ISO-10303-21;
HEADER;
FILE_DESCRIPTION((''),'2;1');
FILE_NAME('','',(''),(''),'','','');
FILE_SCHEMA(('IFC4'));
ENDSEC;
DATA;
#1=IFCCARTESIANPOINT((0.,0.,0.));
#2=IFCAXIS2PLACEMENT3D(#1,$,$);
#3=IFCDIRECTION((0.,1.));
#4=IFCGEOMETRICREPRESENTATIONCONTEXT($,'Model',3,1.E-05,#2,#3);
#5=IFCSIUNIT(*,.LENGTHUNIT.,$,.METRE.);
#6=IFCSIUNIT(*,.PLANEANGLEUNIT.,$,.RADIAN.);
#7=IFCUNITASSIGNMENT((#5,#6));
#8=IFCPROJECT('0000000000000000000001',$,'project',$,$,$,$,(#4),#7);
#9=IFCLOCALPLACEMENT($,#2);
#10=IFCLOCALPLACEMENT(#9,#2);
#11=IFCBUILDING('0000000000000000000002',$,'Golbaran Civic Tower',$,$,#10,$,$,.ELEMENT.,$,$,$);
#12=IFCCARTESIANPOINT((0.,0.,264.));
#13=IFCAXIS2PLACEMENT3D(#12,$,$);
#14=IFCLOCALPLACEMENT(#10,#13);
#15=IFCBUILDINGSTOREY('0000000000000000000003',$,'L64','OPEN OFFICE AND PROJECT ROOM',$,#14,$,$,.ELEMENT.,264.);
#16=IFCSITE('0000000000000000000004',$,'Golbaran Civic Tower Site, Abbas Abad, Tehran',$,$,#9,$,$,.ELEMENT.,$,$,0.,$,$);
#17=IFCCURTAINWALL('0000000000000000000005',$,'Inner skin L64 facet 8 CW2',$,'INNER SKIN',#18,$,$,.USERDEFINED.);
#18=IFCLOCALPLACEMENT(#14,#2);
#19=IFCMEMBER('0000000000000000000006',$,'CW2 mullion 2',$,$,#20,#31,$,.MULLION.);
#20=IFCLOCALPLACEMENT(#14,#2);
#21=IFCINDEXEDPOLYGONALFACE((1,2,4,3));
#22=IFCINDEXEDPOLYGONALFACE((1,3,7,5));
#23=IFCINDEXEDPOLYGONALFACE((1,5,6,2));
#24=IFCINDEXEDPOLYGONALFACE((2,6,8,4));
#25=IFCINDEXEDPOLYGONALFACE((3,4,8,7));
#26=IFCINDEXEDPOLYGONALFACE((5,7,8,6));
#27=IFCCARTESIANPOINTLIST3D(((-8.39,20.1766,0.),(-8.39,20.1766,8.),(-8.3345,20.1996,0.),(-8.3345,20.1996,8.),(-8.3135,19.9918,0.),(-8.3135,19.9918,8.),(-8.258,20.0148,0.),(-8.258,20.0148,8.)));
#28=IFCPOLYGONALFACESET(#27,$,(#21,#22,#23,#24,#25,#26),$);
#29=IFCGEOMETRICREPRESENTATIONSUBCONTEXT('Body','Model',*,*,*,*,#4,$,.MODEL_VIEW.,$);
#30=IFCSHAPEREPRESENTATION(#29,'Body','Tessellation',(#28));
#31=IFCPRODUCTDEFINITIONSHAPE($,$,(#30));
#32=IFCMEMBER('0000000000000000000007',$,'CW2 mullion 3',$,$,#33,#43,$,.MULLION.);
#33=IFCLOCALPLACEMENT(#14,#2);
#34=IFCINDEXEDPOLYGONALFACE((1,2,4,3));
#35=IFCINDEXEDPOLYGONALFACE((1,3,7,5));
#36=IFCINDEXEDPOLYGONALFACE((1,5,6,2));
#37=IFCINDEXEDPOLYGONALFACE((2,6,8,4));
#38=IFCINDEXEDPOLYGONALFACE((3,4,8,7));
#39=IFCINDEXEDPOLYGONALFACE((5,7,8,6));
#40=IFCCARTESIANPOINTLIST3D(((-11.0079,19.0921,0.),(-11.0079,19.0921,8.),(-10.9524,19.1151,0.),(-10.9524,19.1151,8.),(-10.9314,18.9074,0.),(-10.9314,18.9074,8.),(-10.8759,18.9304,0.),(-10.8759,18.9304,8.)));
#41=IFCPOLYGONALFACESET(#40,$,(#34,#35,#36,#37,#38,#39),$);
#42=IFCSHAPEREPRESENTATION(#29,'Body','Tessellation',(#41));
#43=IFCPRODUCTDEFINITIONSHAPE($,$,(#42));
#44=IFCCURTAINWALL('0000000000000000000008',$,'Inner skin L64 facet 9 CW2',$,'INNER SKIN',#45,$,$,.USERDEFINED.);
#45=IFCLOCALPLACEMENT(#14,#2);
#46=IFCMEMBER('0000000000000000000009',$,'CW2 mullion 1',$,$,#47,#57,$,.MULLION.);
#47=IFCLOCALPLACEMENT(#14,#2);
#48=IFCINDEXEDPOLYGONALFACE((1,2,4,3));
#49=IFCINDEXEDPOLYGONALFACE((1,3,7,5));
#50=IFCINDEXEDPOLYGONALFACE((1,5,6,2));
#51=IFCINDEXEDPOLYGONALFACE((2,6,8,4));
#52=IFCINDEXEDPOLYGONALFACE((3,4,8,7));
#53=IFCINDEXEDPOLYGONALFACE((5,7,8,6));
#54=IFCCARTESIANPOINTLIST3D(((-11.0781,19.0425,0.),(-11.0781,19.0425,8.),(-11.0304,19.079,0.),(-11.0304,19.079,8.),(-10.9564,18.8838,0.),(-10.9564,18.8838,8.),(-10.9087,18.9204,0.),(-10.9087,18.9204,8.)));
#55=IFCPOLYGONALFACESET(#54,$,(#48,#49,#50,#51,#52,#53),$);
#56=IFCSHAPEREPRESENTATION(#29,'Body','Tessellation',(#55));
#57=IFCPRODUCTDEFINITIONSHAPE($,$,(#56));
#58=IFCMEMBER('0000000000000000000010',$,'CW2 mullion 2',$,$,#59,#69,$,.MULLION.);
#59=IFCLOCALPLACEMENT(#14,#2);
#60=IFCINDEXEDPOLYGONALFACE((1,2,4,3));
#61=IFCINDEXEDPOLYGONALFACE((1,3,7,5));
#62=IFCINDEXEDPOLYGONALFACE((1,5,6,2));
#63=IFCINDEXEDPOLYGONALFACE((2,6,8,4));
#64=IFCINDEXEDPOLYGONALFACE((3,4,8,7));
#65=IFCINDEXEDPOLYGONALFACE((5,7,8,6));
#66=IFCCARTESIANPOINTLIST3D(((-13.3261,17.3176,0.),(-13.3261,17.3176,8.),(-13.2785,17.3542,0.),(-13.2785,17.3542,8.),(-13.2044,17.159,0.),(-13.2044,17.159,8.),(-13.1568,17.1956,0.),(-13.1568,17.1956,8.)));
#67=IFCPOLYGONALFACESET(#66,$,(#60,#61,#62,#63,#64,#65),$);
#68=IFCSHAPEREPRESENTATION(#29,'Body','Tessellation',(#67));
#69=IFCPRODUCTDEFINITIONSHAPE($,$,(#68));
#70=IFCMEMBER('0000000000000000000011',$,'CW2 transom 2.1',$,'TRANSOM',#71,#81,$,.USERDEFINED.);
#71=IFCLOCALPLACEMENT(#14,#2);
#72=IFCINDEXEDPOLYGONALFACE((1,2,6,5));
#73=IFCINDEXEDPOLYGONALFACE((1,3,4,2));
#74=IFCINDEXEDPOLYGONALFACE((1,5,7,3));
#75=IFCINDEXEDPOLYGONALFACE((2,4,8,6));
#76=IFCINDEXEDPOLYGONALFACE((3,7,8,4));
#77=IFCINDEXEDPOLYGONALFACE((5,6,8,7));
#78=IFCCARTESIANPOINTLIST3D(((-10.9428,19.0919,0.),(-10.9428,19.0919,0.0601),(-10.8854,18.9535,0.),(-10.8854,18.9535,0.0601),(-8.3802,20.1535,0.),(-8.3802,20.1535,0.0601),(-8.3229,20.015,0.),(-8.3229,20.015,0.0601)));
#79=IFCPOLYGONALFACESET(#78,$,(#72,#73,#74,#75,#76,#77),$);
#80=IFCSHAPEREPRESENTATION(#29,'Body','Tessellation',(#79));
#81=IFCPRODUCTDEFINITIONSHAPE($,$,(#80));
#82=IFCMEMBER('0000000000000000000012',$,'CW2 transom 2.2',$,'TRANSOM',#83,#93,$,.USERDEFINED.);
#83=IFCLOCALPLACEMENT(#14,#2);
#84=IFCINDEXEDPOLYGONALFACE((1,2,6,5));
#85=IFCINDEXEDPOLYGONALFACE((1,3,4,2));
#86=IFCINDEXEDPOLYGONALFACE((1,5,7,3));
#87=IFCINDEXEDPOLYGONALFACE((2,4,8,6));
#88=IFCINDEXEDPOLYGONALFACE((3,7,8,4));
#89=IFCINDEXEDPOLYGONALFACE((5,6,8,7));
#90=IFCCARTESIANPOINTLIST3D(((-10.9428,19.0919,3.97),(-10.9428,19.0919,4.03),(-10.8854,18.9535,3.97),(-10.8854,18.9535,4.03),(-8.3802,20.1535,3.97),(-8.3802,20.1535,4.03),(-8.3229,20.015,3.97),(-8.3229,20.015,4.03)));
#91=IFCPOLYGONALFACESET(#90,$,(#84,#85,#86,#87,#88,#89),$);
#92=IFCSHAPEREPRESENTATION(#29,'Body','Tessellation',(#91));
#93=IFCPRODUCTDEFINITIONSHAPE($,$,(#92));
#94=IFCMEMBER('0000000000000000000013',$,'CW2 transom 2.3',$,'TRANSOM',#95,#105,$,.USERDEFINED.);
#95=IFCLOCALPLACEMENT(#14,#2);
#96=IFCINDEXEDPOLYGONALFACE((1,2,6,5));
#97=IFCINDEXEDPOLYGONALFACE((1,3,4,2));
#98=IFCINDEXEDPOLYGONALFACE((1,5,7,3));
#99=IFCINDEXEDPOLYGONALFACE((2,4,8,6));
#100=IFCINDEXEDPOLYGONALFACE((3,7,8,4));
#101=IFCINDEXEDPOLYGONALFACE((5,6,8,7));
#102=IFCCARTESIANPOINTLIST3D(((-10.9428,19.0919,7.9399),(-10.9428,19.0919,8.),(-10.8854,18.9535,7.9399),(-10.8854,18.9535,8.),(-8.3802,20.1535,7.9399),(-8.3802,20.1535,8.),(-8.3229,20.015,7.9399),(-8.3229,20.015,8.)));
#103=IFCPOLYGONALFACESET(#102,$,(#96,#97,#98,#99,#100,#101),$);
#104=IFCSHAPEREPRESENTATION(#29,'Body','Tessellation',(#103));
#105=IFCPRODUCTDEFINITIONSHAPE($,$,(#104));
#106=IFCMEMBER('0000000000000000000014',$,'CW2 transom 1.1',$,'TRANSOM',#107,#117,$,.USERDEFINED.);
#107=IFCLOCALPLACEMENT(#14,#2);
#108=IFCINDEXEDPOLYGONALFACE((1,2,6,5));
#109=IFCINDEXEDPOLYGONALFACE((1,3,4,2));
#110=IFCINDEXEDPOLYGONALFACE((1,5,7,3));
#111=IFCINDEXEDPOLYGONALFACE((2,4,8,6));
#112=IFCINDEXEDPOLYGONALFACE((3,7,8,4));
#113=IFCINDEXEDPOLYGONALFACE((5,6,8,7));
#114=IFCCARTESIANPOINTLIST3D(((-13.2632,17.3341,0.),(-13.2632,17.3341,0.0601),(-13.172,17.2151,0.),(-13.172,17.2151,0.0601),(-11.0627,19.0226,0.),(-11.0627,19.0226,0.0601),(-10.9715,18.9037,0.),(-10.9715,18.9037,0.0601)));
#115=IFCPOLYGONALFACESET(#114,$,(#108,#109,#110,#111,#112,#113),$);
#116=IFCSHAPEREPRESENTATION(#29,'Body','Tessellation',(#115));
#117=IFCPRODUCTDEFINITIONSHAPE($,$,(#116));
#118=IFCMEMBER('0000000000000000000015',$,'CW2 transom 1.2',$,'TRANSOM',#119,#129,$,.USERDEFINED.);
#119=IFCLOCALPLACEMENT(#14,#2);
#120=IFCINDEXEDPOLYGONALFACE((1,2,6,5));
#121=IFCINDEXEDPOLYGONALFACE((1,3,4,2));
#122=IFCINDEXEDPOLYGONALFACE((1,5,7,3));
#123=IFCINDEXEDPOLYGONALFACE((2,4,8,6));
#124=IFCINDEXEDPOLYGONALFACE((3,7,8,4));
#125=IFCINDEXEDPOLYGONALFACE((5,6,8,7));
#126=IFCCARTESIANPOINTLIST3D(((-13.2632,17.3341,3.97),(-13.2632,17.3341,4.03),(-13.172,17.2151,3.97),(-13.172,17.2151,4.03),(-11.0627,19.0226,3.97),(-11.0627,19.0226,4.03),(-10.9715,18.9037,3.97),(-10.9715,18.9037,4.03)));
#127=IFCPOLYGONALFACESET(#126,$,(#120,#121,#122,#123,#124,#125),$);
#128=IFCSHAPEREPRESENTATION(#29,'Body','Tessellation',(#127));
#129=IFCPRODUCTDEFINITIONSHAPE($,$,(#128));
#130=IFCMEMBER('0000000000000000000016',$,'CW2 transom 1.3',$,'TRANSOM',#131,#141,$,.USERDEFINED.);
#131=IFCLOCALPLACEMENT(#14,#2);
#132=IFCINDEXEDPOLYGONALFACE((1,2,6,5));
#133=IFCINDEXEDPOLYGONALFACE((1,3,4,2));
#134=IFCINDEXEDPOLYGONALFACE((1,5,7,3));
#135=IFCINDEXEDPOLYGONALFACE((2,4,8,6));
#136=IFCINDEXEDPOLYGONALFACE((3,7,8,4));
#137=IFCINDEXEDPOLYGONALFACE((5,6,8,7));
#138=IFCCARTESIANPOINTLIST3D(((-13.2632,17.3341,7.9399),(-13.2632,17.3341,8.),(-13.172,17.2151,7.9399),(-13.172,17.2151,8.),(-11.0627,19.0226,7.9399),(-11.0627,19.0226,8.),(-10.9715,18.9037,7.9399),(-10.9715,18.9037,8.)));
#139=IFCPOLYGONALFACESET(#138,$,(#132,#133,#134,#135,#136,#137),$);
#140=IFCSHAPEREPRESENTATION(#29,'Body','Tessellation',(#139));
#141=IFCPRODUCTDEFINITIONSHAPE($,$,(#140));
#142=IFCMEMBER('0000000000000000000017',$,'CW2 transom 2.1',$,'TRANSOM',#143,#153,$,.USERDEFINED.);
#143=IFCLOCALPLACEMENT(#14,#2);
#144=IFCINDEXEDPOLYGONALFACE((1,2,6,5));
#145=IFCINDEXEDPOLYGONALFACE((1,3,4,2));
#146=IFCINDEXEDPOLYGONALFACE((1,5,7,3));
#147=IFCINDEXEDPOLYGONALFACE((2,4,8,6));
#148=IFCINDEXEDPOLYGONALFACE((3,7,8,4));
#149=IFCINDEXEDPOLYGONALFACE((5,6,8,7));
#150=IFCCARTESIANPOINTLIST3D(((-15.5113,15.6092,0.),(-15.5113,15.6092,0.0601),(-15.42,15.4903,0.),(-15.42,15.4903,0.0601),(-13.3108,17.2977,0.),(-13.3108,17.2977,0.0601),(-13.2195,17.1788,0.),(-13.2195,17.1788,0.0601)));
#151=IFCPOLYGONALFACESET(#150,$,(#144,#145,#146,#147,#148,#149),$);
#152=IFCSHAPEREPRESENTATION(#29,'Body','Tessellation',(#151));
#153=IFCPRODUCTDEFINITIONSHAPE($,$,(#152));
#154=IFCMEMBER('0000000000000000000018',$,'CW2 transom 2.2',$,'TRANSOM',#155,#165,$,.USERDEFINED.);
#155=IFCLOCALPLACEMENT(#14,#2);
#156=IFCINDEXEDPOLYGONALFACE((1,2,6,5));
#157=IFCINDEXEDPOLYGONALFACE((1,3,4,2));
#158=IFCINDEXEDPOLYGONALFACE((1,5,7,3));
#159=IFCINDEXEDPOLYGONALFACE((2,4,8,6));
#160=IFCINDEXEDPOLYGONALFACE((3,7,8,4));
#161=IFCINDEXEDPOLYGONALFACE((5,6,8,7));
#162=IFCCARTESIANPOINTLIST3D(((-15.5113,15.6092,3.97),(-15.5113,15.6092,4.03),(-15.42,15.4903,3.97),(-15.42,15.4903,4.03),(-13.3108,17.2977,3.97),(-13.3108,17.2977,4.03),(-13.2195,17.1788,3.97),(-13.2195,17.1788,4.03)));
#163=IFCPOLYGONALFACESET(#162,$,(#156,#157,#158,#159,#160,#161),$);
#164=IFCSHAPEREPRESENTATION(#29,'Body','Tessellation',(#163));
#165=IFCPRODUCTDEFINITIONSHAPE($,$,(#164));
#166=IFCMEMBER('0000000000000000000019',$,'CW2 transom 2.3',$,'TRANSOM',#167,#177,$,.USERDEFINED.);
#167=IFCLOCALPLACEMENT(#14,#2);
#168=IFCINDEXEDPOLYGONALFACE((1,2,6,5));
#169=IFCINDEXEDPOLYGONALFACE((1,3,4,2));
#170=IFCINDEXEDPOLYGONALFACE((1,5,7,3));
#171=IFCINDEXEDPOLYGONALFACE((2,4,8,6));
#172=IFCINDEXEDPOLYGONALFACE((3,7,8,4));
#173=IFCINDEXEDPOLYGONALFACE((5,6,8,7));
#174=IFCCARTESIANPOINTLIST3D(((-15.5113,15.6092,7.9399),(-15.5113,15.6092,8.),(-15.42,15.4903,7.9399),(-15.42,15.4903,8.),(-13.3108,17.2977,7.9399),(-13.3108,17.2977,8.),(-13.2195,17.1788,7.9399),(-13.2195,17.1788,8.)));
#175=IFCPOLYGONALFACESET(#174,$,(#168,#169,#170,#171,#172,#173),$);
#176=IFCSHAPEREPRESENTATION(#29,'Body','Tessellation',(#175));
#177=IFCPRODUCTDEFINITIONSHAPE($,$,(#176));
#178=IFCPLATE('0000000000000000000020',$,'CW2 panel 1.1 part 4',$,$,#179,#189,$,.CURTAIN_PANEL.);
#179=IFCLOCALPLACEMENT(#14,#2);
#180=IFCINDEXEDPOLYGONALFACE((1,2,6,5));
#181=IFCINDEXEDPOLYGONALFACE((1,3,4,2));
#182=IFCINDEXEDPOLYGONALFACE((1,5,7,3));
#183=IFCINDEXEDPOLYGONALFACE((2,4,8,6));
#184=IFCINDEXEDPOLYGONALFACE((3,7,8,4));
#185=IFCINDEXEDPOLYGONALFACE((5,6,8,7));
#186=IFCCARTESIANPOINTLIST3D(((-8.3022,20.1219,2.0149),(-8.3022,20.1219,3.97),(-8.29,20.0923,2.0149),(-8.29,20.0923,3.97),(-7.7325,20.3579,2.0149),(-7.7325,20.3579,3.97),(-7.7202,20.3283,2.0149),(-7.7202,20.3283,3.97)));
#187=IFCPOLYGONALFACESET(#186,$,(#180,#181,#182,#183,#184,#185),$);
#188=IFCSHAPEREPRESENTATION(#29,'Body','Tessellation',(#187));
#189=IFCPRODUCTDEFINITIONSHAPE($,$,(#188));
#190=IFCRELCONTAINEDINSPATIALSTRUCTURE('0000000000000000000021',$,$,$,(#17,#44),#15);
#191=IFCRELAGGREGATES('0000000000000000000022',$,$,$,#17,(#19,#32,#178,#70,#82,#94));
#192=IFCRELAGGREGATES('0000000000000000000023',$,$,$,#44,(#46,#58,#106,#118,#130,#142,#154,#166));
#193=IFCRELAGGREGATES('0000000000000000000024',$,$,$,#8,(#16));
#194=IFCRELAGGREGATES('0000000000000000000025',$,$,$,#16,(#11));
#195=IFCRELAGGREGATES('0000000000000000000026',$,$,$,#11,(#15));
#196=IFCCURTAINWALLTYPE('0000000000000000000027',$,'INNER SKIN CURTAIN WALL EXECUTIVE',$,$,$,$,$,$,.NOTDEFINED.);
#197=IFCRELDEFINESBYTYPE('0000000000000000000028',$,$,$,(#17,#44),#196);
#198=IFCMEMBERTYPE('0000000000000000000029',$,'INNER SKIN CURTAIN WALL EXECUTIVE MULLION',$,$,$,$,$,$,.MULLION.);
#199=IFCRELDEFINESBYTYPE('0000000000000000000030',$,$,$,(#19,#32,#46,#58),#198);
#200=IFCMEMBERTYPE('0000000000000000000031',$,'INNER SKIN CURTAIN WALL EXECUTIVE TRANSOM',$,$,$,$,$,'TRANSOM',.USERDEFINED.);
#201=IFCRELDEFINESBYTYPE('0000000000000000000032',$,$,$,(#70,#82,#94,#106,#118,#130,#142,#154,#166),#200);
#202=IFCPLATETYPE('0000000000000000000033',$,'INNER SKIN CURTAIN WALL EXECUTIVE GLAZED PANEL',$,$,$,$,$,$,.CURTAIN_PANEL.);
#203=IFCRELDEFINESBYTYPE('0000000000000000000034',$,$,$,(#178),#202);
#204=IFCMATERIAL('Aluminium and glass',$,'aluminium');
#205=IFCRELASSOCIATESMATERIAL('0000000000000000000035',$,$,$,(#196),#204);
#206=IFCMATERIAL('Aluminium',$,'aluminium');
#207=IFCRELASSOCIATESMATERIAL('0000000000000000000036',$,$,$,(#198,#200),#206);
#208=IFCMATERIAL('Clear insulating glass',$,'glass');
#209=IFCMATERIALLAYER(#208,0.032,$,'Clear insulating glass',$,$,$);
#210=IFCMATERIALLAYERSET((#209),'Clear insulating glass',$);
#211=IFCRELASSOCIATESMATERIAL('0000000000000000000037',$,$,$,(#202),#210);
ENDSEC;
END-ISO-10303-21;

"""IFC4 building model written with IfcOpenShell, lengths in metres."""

from ifc_helpers import new_model, si_unit, direction, frame, origin, origin_2d, place, context, subcontext, project, spatial, rectangle, extrude, material, layer, layer_set, material_profile, profile_set, type_object, element, aggregate, save


model = new_model("IFC4")

# Units and contexts
model_context = context("Model", 3, precision=1e-05, world=origin(), true_north=direction((0.0, 1.0)))
body_context = subcontext(model_context, "Body", "Model", "MODEL_VIEW")
ifc_project = project(units=[si_unit("LENGTHUNIT", "METRE"), si_unit("PLANEANGLEUNIT", "RADIAN")], contexts=[model_context])

# Site, building, storey
site_placement = place(None, origin())
site = spatial("IfcSite", under=ifc_project, at=site_placement, Name="Golbaran Civic Tower Site, Abbas Abad, Tehran", CompositionType="ELEMENT", RefElevation=0.0)
building_placement = place(site_placement, origin())
building = spatial("IfcBuilding", under=site, at=building_placement, Name="Golbaran Civic Tower", CompositionType="ELEMENT")
storey_placement = place(building_placement, frame((0.0, 0.0, 264.0)))
storey = spatial("IfcBuildingStorey", under=building, at=storey_placement, Name="L64", Description="OPEN OFFICE AND PROJECT ROOM", CompositionType="ELEMENT", Elevation=264.0)

# Curtain walls, members
ifc_material_1 = material(Name="Aluminium and glass", Category="aluminium")
curtain_wall_type = type_object("IfcCurtainWallType", Name="INNER SKIN CURTAIN WALL EXECUTIVE", PredefinedType="NOTDEFINED", material=ifc_material_1)
curtain_wall_1_placement = place(storey_placement, origin())
curtain_wall_1 = element("IfcCurtainWall", 1, at=curtain_wall_1_placement, inside=storey, type_object=curtain_wall_type, Name="Inner skin L64 facet 8 CW2", ObjectType="INNER SKIN", PredefinedType="USERDEFINED")
ifc_material_2 = material(Name="Aluminium", Category="aluminium")
ifc_material_profile_1 = material_profile(ifc_material_2, rectangle(XDim=0.2, YDim=0.0601, at=origin_2d()), Name="INNER SKIN CURTAIN WALL EXECUTIVE MULLION")
ifc_profile_set_1 = profile_set([ifc_material_profile_1], Name="Aluminium")
member_type_1 = type_object("IfcMemberType", Name="INNER SKIN CURTAIN WALL EXECUTIVE MULLION", PredefinedType="MULLION", material=ifc_profile_set_1)
member_1_placement = place(storey_placement, frame((-8.324, 20.0957, 0.0), z_axis=(0.0, 0.0, 1.0), x_axis=(0.382683, -0.92388, 0.0)))
member_1 = element("IfcMember", 2, at=member_1_placement, type_object=member_type_1, Name="CW2 mullion 2", PredefinedType="MULLION", context=body_context, shape_type="SweptSolid", body=[
    extrude(rectangle(XDim=0.2, YDim=0.0601, at=origin_2d()), origin(), (0.0, 0.0, 1.0), 8.0),
])
member_2_placement = place(storey_placement, frame((-10.9419, 19.0112, 0.0), z_axis=(0.0, 0.0, 1.0), x_axis=(0.382683, -0.92388, 0.0)))
member_2 = element("IfcMember", 3, at=member_2_placement, type_object=member_type_1, Name="CW2 mullion 3", PredefinedType="MULLION", context=body_context, shape_type="SweptSolid", body=[
    extrude(rectangle(XDim=0.2, YDim=0.0601, at=origin_2d()), origin(), (0.0, 0.0, 1.0), 8.0),
])
curtain_wall_2_placement = place(storey_placement, origin())
curtain_wall_2 = element("IfcCurtainWall", 4, at=curtain_wall_2_placement, inside=storey, type_object=curtain_wall_type, Name="Inner skin L64 facet 9 CW2", ObjectType="INNER SKIN", PredefinedType="USERDEFINED")
member_3_placement = place(storey_placement, frame((-10.9934, 18.9814, 0.0), z_axis=(0.0, 0.0, 1.0), x_axis=(0.608761, -0.793353, 0.0)))
member_3 = element("IfcMember", 5, at=member_3_placement, type_object=member_type_1, Name="CW2 mullion 1", PredefinedType="MULLION", context=body_context, shape_type="SweptSolid", body=[
    extrude(rectangle(XDim=0.2, YDim=0.0601, at=origin_2d()), origin(), (0.0, 0.0, 1.0), 8.0),
])
member_4_placement = place(storey_placement, frame((-13.2415, 17.2566, 0.0), z_axis=(0.0, 0.0, 1.0), x_axis=(0.608761, -0.793353, 0.0)))
member_4 = element("IfcMember", 6, at=member_4_placement, type_object=member_type_1, Name="CW2 mullion 2", PredefinedType="MULLION", context=body_context, shape_type="SweptSolid", body=[
    extrude(rectangle(XDim=0.2, YDim=0.0601, at=origin_2d()), origin(), (0.0, 0.0, 1.0), 8.0),
])

# Members
ifc_material_profile_2 = material_profile(ifc_material_2, rectangle(XDim=0.1499, YDim=0.0601, at=origin_2d()), Name="INNER SKIN CURTAIN WALL EXECUTIVE TRANSOM")
ifc_profile_set_2 = profile_set([ifc_material_profile_2], Name="Aluminium")
member_type_2 = type_object("IfcMemberType", Name="INNER SKIN CURTAIN WALL EXECUTIVE TRANSOM", ElementType="TRANSOM", PredefinedType="USERDEFINED", material=ifc_profile_set_2)
member_5_placement = place(storey_placement, frame((-8.3516, 20.0842, 0.03), z_axis=(-0.923867, -0.382715, 0.0), x_axis=(0.382715, -0.923867, 0.0)))
member_5 = element("IfcMember", 7, at=member_5_placement, type_object=member_type_2, Name="CW2 transom 2.1", ObjectType="TRANSOM", PredefinedType="USERDEFINED", context=body_context, shape_type="SweptSolid", body=[
    extrude(rectangle(XDim=0.1499, YDim=0.0601, at=origin_2d()), origin(), (0.0, 0.0, 1.0), 2.7737),
])
member_6_placement = place(storey_placement, frame((-8.3516, 20.0842, 4.0), z_axis=(-0.923867, -0.382715, 0.0), x_axis=(0.382715, -0.923867, 0.0)))
member_6 = element("IfcMember", 8, at=member_6_placement, type_object=member_type_2, Name="CW2 transom 2.2", ObjectType="TRANSOM", PredefinedType="USERDEFINED", context=body_context, shape_type="SweptSolid", body=[
    extrude(rectangle(XDim=0.1499, YDim=0.0601, at=origin_2d()), origin(), (0.0, 0.0, 1.0), 2.7737),
])
member_7_placement = place(storey_placement, frame((-8.3516, 20.0842, 7.97), z_axis=(-0.923867, -0.382715, 0.0), x_axis=(0.382715, -0.923867, 0.0)))
member_7 = element("IfcMember", 9, at=member_7_placement, type_object=member_type_2, Name="CW2 transom 2.3", ObjectType="TRANSOM", PredefinedType="USERDEFINED", context=body_context, shape_type="SweptSolid", body=[
    extrude(rectangle(XDim=0.1499, YDim=0.0601, at=origin_2d()), origin(), (0.0, 0.0, 1.0), 2.7737),
])
member_8_placement = place(storey_placement, frame((-11.0171, 18.9631, 0.03), z_axis=(-0.79335, -0.608766, 0.0), x_axis=(0.608766, -0.79335, 0.0)))
member_8 = element("IfcMember", 10, at=member_8_placement, type_object=member_type_2, Name="CW2 transom 1.1", ObjectType="TRANSOM", PredefinedType="USERDEFINED", context=body_context, shape_type="SweptSolid", body=[
    extrude(rectangle(XDim=0.1499, YDim=0.0601, at=origin_2d()), origin(), (0.0, 0.0, 1.0), 2.7737),
])
member_9_placement = place(storey_placement, frame((-11.0171, 18.9631, 4.0), z_axis=(-0.79335, -0.608766, 0.0), x_axis=(0.608766, -0.79335, 0.0)))
member_9 = element("IfcMember", 11, at=member_9_placement, type_object=member_type_2, Name="CW2 transom 1.2", ObjectType="TRANSOM", PredefinedType="USERDEFINED", context=body_context, shape_type="SweptSolid", body=[
    extrude(rectangle(XDim=0.1499, YDim=0.0601, at=origin_2d()), origin(), (0.0, 0.0, 1.0), 2.7737),
])
member_10_placement = place(storey_placement, frame((-11.0171, 18.9631, 7.97), z_axis=(-0.79335, -0.608766, 0.0), x_axis=(0.608766, -0.79335, 0.0)))
member_10 = element("IfcMember", 12, at=member_10_placement, type_object=member_type_2, Name="CW2 transom 1.3", ObjectType="TRANSOM", PredefinedType="USERDEFINED", context=body_context, shape_type="SweptSolid", body=[
    extrude(rectangle(XDim=0.1499, YDim=0.0601, at=origin_2d()), origin(), (0.0, 0.0, 1.0), 2.7737),
])
member_11_placement = place(storey_placement, frame((-13.2651, 17.2383, 0.03), z_axis=(-0.79335, -0.608766, 0.0), x_axis=(0.608766, -0.79335, 0.0)))
member_11 = element("IfcMember", 13, at=member_11_placement, type_object=member_type_2, Name="CW2 transom 2.1", ObjectType="TRANSOM", PredefinedType="USERDEFINED", context=body_context, shape_type="SweptSolid", body=[
    extrude(rectangle(XDim=0.1499, YDim=0.0601, at=origin_2d()), origin(), (0.0, 0.0, 1.0), 2.7737),
])
member_12_placement = place(storey_placement, frame((-13.2651, 17.2383, 4.0), z_axis=(-0.79335, -0.608766, 0.0), x_axis=(0.608766, -0.79335, 0.0)))
member_12 = element("IfcMember", 14, at=member_12_placement, type_object=member_type_2, Name="CW2 transom 2.2", ObjectType="TRANSOM", PredefinedType="USERDEFINED", context=body_context, shape_type="SweptSolid", body=[
    extrude(rectangle(XDim=0.1499, YDim=0.0601, at=origin_2d()), origin(), (0.0, 0.0, 1.0), 2.7737),
])
member_13_placement = place(storey_placement, frame((-13.2651, 17.2383, 7.97), z_axis=(-0.79335, -0.608766, 0.0), x_axis=(0.608766, -0.79335, 0.0)))
member_13 = element("IfcMember", 15, at=member_13_placement, type_object=member_type_2, Name="CW2 transom 2.3", ObjectType="TRANSOM", PredefinedType="USERDEFINED", context=body_context, shape_type="SweptSolid", body=[
    extrude(rectangle(XDim=0.1499, YDim=0.0601, at=origin_2d()), origin(), (0.0, 0.0, 1.0), 2.7737),
])

# Plate
ifc_material_3 = material(Name="Clear insulating glass", Category="glass")
ifc_layer_1 = layer(ifc_material_3, 0.032, Name="Clear insulating glass")
ifc_layer_set_1 = layer_set([ifc_layer_1], Name="Clear insulating glass")
plate_type_1 = type_object("IfcPlateType", Name="INNER SKIN CURTAIN WALL EXECUTIVE GLAZED PANEL", PredefinedType="CURTAIN_PANEL", material=ifc_layer_set_1)
plate_1_placement = place(storey_placement, frame((-8.0112, 20.2251, 2.0149), z_axis=(0.0, 0.0, 1.0), x_axis=(-0.92388, -0.382683, 0.0)))
plate_1 = element("IfcPlate", 16, at=plate_1_placement, type_object=plate_type_1, Name="CW2 panel 1.1 part 4", PredefinedType="CURTAIN_PANEL", context=body_context, shape_type="SweptSolid", body=[
    extrude(rectangle(XDim=0.6167, YDim=0.032, at=origin_2d()), origin(), (0.0, 0.0, 1.0), 1.9551),
])
aggregate(curtain_wall_1, [member_1, member_2, plate_1, member_5, member_6, member_7])
aggregate(curtain_wall_2, [member_3, member_4, member_8, member_9, member_10, member_11, member_12, member_13])

save(model, "model.ifc")
